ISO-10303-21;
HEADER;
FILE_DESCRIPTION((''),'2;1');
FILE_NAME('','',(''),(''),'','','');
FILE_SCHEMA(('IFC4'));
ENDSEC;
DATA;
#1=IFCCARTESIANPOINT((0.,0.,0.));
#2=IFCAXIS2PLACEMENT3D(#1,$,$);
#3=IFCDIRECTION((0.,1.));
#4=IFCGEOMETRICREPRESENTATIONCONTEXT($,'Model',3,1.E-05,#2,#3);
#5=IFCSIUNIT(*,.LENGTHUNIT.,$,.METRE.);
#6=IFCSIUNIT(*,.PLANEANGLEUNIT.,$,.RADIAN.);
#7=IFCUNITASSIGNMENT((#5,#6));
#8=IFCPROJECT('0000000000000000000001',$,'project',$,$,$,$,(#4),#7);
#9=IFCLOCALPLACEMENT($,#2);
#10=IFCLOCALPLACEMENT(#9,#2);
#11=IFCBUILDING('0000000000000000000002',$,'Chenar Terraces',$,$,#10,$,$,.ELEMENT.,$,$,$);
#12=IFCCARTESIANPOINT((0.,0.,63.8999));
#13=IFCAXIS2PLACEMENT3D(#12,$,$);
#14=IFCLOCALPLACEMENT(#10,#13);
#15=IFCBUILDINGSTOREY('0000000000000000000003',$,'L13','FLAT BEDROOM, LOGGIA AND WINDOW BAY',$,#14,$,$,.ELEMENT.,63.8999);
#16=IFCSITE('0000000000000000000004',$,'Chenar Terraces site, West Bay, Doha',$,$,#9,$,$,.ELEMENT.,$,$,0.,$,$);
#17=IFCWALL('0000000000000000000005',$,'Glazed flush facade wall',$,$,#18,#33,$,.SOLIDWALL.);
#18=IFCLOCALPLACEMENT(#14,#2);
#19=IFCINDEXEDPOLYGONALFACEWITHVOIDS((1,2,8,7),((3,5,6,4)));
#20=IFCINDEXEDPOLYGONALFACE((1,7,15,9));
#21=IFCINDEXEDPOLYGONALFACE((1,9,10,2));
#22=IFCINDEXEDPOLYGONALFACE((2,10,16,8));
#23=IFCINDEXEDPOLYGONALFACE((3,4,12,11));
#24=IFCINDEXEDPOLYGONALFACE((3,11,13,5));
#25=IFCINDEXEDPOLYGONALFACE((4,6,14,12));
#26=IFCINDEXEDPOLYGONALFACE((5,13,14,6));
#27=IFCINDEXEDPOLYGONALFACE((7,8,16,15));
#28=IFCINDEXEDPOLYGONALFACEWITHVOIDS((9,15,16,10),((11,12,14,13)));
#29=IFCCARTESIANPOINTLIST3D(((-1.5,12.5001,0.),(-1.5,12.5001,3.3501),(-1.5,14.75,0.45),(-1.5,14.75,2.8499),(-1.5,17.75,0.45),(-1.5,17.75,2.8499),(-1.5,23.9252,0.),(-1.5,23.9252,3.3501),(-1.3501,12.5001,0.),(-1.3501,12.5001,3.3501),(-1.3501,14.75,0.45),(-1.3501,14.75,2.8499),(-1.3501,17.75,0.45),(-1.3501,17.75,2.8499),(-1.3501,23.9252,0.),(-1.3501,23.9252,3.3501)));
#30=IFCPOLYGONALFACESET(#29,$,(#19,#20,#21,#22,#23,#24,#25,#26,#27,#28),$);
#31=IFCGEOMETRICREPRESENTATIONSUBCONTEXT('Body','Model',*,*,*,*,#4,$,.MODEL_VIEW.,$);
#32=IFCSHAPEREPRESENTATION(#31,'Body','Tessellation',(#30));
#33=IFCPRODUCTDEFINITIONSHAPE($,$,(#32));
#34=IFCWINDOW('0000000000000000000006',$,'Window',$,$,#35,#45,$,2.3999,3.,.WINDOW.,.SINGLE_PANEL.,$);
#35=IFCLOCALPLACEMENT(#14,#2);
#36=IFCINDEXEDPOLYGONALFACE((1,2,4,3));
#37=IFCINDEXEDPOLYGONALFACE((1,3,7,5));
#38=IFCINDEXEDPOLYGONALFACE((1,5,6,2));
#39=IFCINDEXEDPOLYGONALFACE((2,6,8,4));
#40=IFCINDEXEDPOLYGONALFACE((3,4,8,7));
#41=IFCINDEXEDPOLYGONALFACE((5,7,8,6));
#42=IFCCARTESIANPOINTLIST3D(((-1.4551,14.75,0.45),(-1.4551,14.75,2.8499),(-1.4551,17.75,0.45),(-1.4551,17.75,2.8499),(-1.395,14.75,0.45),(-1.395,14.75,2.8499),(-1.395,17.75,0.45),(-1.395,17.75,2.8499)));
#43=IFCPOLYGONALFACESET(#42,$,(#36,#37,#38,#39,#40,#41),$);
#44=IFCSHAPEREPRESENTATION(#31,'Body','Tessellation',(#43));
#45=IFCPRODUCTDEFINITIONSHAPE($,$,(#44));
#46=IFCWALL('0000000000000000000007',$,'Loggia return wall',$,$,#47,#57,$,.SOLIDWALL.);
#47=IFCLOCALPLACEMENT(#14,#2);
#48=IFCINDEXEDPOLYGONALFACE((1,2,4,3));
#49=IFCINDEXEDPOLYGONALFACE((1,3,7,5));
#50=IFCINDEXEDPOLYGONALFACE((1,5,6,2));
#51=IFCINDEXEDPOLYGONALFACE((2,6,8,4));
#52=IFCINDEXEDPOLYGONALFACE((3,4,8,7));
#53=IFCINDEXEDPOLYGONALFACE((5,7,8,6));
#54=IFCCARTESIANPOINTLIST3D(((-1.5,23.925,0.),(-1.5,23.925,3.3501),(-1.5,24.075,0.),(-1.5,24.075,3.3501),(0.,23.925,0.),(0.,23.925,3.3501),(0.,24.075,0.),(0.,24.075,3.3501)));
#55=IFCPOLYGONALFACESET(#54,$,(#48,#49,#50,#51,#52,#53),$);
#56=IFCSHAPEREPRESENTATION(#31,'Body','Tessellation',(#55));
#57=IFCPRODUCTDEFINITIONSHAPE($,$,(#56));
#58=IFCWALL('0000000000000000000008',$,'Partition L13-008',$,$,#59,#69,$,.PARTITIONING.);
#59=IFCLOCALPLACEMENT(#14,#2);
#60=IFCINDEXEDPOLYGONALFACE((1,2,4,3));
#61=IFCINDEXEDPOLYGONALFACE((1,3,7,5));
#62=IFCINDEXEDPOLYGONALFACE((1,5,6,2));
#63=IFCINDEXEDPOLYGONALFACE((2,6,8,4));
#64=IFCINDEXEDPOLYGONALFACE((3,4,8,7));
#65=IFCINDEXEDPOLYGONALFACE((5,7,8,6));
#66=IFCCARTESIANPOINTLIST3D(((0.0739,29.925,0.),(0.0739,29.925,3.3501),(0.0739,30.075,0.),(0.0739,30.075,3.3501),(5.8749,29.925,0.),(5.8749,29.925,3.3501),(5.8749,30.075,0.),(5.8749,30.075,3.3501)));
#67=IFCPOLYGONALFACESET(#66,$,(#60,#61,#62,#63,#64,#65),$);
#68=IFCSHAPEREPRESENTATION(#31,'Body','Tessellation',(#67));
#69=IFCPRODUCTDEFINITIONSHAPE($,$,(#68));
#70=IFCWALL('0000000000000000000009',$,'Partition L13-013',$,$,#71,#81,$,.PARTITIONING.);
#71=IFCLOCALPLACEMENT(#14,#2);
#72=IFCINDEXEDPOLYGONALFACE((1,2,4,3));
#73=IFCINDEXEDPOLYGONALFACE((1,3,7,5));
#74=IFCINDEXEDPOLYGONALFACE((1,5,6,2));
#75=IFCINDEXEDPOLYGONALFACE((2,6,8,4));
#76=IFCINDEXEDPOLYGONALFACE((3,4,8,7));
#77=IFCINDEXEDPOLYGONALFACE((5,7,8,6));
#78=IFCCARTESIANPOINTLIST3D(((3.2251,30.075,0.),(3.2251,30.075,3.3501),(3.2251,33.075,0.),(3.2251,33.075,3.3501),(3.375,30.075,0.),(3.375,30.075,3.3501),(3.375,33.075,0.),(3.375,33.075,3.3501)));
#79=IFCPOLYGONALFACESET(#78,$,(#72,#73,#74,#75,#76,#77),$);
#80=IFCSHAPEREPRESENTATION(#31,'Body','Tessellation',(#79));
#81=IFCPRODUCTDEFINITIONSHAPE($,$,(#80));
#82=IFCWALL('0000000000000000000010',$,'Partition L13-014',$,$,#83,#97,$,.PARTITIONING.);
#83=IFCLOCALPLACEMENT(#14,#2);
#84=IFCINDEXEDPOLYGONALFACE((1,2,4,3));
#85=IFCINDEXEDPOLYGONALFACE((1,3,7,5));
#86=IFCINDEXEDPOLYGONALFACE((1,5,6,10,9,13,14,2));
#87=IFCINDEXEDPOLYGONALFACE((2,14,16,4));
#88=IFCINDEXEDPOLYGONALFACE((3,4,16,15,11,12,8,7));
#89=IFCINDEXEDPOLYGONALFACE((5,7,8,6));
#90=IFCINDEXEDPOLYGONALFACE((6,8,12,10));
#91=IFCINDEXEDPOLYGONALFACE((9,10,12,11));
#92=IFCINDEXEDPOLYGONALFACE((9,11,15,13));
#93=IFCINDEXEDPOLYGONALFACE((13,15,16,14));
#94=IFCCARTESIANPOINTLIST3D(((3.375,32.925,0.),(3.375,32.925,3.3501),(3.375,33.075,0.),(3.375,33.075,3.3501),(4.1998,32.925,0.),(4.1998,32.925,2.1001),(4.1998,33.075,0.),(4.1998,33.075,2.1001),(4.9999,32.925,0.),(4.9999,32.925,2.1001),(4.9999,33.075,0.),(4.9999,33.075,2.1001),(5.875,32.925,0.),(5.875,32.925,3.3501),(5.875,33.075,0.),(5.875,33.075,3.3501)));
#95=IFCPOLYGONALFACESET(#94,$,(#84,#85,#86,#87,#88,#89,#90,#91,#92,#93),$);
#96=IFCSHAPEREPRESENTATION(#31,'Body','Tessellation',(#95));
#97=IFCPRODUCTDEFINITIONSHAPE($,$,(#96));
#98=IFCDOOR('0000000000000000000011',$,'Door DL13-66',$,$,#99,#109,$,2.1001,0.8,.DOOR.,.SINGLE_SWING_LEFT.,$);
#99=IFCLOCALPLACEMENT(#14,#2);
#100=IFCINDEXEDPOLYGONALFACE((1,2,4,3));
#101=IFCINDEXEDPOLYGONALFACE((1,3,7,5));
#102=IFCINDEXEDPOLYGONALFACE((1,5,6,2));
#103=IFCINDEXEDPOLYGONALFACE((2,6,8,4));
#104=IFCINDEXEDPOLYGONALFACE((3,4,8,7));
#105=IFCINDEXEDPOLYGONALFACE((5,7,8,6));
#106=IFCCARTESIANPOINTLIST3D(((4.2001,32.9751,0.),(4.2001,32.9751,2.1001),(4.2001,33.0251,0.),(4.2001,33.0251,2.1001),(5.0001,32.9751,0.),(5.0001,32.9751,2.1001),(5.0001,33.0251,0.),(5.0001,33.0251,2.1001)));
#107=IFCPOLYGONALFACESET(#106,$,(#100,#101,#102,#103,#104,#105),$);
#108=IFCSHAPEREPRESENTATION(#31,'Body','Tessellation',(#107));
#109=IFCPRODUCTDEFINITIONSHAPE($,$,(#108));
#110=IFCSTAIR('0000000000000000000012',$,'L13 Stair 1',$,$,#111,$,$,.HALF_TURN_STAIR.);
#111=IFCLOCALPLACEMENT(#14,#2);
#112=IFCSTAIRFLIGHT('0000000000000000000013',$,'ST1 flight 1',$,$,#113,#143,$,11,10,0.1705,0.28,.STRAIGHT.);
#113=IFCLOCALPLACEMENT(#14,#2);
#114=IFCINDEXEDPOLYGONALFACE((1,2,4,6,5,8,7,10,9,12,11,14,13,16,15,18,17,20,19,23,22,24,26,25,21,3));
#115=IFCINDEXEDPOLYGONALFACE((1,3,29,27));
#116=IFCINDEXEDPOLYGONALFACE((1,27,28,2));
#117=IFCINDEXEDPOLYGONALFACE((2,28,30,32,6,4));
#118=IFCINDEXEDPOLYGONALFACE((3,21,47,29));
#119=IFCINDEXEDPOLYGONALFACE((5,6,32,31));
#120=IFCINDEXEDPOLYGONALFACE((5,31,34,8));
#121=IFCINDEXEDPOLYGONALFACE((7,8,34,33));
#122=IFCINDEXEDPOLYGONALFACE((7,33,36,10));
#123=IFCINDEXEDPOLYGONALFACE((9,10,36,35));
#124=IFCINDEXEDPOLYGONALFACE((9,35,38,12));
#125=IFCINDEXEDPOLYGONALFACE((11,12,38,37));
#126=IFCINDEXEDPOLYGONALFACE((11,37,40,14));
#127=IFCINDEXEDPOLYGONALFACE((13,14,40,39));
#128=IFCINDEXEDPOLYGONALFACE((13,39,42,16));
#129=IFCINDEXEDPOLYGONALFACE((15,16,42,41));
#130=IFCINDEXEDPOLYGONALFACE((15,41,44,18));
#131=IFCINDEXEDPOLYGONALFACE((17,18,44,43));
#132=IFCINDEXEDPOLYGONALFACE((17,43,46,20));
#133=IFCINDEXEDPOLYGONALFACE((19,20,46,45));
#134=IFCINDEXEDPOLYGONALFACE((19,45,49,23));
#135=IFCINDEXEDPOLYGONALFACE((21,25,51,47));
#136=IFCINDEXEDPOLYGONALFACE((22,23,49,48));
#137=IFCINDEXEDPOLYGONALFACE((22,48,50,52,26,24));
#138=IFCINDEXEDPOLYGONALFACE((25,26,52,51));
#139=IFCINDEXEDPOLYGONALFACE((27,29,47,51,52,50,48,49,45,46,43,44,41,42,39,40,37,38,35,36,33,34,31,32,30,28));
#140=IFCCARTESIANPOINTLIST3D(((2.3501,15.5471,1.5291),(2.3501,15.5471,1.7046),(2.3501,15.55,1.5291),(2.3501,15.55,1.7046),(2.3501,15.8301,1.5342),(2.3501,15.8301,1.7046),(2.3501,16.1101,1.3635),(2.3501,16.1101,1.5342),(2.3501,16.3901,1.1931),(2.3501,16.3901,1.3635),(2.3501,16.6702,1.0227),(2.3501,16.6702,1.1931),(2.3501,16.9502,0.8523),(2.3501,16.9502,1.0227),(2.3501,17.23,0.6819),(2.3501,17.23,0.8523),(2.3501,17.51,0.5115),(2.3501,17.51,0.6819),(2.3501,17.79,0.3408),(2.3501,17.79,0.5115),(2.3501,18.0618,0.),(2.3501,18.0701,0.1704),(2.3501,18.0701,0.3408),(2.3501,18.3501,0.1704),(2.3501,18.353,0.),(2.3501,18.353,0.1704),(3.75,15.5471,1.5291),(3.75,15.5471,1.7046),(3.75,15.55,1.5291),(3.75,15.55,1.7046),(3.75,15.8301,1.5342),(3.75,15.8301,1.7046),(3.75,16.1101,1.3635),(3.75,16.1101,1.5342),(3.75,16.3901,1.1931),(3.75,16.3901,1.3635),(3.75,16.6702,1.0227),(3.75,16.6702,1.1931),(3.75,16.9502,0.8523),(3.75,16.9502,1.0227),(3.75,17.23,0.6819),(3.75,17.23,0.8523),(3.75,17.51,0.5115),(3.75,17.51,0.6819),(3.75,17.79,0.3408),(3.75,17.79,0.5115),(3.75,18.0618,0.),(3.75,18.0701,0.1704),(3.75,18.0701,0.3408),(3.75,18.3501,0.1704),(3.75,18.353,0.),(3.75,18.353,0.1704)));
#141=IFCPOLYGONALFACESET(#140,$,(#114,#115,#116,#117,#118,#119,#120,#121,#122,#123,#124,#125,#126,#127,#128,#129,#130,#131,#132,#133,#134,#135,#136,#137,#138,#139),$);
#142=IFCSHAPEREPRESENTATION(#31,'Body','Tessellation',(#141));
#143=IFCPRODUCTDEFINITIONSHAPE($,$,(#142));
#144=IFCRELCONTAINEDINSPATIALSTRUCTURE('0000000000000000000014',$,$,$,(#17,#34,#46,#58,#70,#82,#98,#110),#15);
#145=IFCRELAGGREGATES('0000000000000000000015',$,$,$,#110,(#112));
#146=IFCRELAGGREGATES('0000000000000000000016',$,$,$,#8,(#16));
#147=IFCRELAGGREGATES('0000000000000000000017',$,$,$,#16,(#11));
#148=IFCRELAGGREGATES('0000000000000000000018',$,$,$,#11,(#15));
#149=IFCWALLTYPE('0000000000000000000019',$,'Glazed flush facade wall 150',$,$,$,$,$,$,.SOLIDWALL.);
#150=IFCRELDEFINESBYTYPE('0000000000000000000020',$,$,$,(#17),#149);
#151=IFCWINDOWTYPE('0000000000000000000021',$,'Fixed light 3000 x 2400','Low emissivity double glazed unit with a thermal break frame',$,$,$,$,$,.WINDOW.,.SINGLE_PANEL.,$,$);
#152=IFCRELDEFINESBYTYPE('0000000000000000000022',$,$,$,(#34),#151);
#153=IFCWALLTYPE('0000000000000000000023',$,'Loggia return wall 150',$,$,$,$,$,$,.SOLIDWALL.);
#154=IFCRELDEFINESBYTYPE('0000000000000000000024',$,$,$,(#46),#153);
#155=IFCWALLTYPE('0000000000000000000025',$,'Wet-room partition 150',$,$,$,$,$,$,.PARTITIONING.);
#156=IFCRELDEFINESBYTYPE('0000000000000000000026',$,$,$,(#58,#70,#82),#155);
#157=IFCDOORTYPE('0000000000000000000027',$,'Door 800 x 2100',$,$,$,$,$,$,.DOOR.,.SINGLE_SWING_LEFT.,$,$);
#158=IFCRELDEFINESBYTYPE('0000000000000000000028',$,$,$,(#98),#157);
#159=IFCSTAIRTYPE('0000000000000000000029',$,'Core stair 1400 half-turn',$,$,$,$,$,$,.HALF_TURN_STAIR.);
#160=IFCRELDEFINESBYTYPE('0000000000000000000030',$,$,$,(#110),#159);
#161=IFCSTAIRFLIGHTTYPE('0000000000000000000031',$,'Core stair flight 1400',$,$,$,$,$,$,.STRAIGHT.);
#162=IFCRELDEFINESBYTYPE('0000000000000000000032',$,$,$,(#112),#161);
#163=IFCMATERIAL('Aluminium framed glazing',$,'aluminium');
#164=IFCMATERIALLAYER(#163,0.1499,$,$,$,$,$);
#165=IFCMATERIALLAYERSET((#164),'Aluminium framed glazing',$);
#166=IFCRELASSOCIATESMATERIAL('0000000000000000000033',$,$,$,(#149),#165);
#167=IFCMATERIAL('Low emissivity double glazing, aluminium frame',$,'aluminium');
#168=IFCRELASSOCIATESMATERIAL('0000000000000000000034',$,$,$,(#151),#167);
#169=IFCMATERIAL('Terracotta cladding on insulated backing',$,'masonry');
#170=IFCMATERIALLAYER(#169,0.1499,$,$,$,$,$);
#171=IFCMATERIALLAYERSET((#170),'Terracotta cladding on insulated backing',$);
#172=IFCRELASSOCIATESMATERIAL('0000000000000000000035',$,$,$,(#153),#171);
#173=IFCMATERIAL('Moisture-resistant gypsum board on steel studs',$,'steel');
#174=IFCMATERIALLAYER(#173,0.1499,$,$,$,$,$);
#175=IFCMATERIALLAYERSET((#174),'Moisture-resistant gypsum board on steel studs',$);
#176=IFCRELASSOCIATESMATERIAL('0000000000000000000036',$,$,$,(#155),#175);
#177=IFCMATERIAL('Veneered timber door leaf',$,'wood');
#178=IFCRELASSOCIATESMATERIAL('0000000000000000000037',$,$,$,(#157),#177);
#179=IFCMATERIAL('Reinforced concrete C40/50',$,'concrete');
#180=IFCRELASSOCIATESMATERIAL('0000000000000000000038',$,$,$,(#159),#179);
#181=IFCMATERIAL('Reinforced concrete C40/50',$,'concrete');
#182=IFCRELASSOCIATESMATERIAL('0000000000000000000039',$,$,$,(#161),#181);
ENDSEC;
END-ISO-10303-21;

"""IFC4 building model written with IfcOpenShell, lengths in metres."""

from ifc_helpers import new_model, si_unit, direction, frame, frame_2d, origin, place, context, subcontext, project, spatial, polyline, rectangle, outline, extrude, material, layer, layer_set, type_object, element, fill, aggregate, save


model = new_model("IFC4")

# Units and contexts
model_context = context("Model", 3, precision=1e-05, world=origin(), true_north=direction((0.0, 1.0)))
body_context = subcontext(model_context, "Body", "Model", "MODEL_VIEW")
ifc_project = project(units=[si_unit("LENGTHUNIT", "METRE"), si_unit("PLANEANGLEUNIT", "RADIAN")], contexts=[model_context])

# Site, building, storey
site_placement = place(None, origin())
site = spatial("IfcSite", under=ifc_project, at=site_placement, Name="Chenar Terraces site, West Bay, Doha", CompositionType="ELEMENT", RefElevation=0.0)
building_placement = place(site_placement, origin())
building = spatial("IfcBuilding", under=site, at=building_placement, Name="Chenar Terraces", CompositionType="ELEMENT")
storey_placement = place(building_placement, frame((0.0, 0.0, 63.8999)))
storey = spatial("IfcBuildingStorey", under=building, at=storey_placement, Name="L13", Description="FLAT BEDROOM, LOGGIA AND WINDOW BAY", CompositionType="ELEMENT", Elevation=63.8999)

# Wall, opening, window
ifc_material_1 = material(Name="Aluminium framed glazing", Category="aluminium")
ifc_layer_1 = layer(ifc_material_1, 0.1499)
ifc_layer_set_1 = layer_set([ifc_layer_1], Name="Aluminium framed glazing")
wall_type_1 = type_object("IfcWallType", Name="Glazed flush facade wall 150", PredefinedType="SOLIDWALL", material=ifc_layer_set_1)
wall_1_placement = place(storey_placement, frame((-1.425, 23.925, 0.0), z_axis=(0.0, 0.0, 1.0), x_axis=(0.0, -1.0, 0.0)))
wall_1 = element("IfcWall", 1, at=wall_1_placement, inside=storey, type_object=wall_type_1, Name="Glazed flush facade wall", PredefinedType="SOLIDWALL", context=body_context, shape_type="SweptSolid", body=[
    extrude(rectangle(XDim=11.425, YDim=0.1499, at=frame_2d((5.7124, 0.0))), origin(), (0.0, 0.0, 1.0), 3.3501),
])
opening_1_placement = place(wall_1_placement, frame((6.175, 0.0, 0.45)))
opening_1 = element("IfcOpeningElement", 2, at=opening_1_placement, cuts=wall_1, PredefinedType="OPENING", context=body_context, shape_type="SweptSolid", body=[
    extrude(rectangle(XDim=3.0, YDim=2.3999, at=frame_2d((1.5, 1.2))), frame((0.0, 0.085, 0.0), z_axis=(0.0, -1.0, 0.0), x_axis=(1.0, 0.0, 0.0)), (0.0, 0.0, 1.0), 0.1699),
])
ifc_material_2 = material(Name="Low emissivity double glazing, aluminium frame", Category="aluminium")
window_type = type_object("IfcWindowType", Name="Fixed light 3000 x 2400", Description="Low emissivity double glazed unit with a thermal break frame", PartitioningType="SINGLE_PANEL", PredefinedType="WINDOW", material=ifc_material_2)
window_placement = place(opening_1_placement, origin())
window = element("IfcWindow", 3, at=window_placement, inside=storey, type_object=window_type, Name="Window", OverallHeight=2.3999, OverallWidth=3.0, PartitioningType="SINGLE_PANEL", PredefinedType="WINDOW", context=body_context, shape_type="SweptSolid", body=[
    extrude(rectangle(XDim=3.0, YDim=2.3999, at=frame_2d((1.5, 1.2))), frame((0.0, 0.03, 0.0), z_axis=(0.0, -1.0, 0.0), x_axis=(1.0, 0.0, 0.0)), (0.0, 0.0, 1.0), 0.0601),
])
fill(opening_1, window)

# Walls
ifc_material_3 = material(Name="Terracotta cladding on insulated backing", Category="masonry")
ifc_layer_2 = layer(ifc_material_3, 0.1499)
ifc_layer_set_2 = layer_set([ifc_layer_2], Name="Terracotta cladding on insulated backing")
wall_type_2 = type_object("IfcWallType", Name="Loggia return wall 150", PredefinedType="SOLIDWALL", material=ifc_layer_set_2)
wall_2_placement = place(storey_placement, frame((-1.5, 24.0, 0.0), z_axis=(0.0, 0.0, 1.0), x_axis=(1.0, 0.0, 0.0)))
element("IfcWall", 4, at=wall_2_placement, inside=storey, type_object=wall_type_2, Name="Loggia return wall", PredefinedType="SOLIDWALL", context=body_context, shape_type="SweptSolid", body=[
    extrude(rectangle(XDim=1.5, YDim=0.1499, at=frame_2d((0.75, 0.0))), origin(), (0.0, 0.0, 1.0), 3.3501),
])
ifc_material_4 = material(Name="Moisture-resistant gypsum board on steel studs", Category="steel")
ifc_layer_3 = layer(ifc_material_4, 0.1499)
ifc_layer_set_3 = layer_set([ifc_layer_3], Name="Moisture-resistant gypsum board on steel studs")
wall_type_3 = type_object("IfcWallType", Name="Wet-room partition 150", PredefinedType="PARTITIONING", material=ifc_layer_set_3)
wall_3_placement = place(storey_placement, frame((0.074, 30.0, 0.0), z_axis=(0.0, 0.0, 1.0), x_axis=(1.0, 0.0, 0.0)))
element("IfcWall", 5, at=wall_3_placement, inside=storey, type_object=wall_type_3, Name="Partition L13-008", PredefinedType="PARTITIONING", context=body_context, shape_type="SweptSolid", body=[
    extrude(rectangle(XDim=5.801, YDim=0.1499, at=frame_2d((2.9004, 0.0))), origin(), (0.0, 0.0, 1.0), 3.3501),
])
wall_4_placement = place(storey_placement, frame((3.3, 30.075, 0.0), z_axis=(0.0, 0.0, 1.0), x_axis=(0.0, 1.0, 0.0)))
element("IfcWall", 6, at=wall_4_placement, inside=storey, type_object=wall_type_3, Name="Partition L13-013", PredefinedType="PARTITIONING", context=body_context, shape_type="SweptSolid", body=[
    extrude(rectangle(XDim=3.0, YDim=0.1499, at=frame_2d((1.5, 0.0))), origin(), (0.0, 0.0, 1.0), 3.3501),
])

# Wall, opening, door
wall_5_placement = place(storey_placement, frame((3.375, 33.0, 0.0), z_axis=(0.0, 0.0, 1.0), x_axis=(1.0, 0.0, 0.0)))
wall_5 = element("IfcWall", 7, at=wall_5_placement, inside=storey, type_object=wall_type_3, Name="Partition L13-014", PredefinedType="PARTITIONING", context=body_context, shape_type="SweptSolid", body=[
    extrude(rectangle(XDim=2.5, YDim=0.1499, at=frame_2d((1.25, 0.0))), origin(), (0.0, 0.0, 1.0), 3.3501),
])
opening_2_placement = place(wall_5_placement, frame((0.825, 0.0, 0.0)))
opening_2 = element("IfcOpeningElement", 8, at=opening_2_placement, cuts=wall_5, PredefinedType="OPENING", context=body_context, shape_type="SweptSolid", body=[
    extrude(rectangle(XDim=0.8, YDim=2.1001, at=frame_2d((0.3999, 1.05))), frame((0.0, 0.085, 0.0), z_axis=(0.0, -1.0, 0.0), x_axis=(1.0, 0.0, 0.0)), (0.0, 0.0, 1.0), 0.1699),
])
ifc_material_5 = material(Name="Veneered timber door leaf", Category="wood")
door_type_1 = type_object("IfcDoorType", Name="Door 800 x 2100", OperationType="SINGLE_SWING_LEFT", PredefinedType="DOOR", material=ifc_material_5)
door_1_placement = place(opening_2_placement, frame((0.8, 0.0, 0.0), z_axis=(0.0, 0.0, 1.0), x_axis=(-1.0, 0.0, 0.0)))
door_1 = element("IfcDoor", 9, at=door_1_placement, inside=storey, type_object=door_type_1, Name="Door DL13-66", OperationType="SINGLE_SWING_LEFT", OverallHeight=2.1001, OverallWidth=0.8, PredefinedType="DOOR", context=body_context, shape_type="SweptSolid", body=[
    extrude(rectangle(XDim=0.8, YDim=2.1001, at=frame_2d((0.3999, 1.05))), frame((0.0, 0.0249, 0.0), z_axis=(0.0, -1.0, 0.0), x_axis=(1.0, 0.0, 0.0)), (0.0, 0.0, 1.0), 0.05),
])
fill(opening_2, door_1)

# Stair, stair flight
ifc_material_6 = material(Name="Reinforced concrete C40/50", Category="concrete")
stair_type = type_object("IfcStairType", Name="Core stair 1400 half-turn", PredefinedType="HALF_TURN_STAIR", material=ifc_material_6)
stair_placement = place(storey_placement, origin())
stair = element("IfcStair", 10, at=stair_placement, inside=storey, type_object=stair_type, Name="L13 Stair 1", PredefinedType="HALF_TURN_STAIR")
ifc_material_7 = material(Name="Reinforced concrete C40/50", Category="concrete")
stair_flight_type = type_object("IfcStairFlightType", Name="Core stair flight 1400", PredefinedType="STRAIGHT", material=ifc_material_7)
stair_flight_1_placement = place(storey_placement, frame((3.05, 18.3501, 0.0), z_axis=(0.0, 0.0, 1.0), x_axis=(0.0, -1.0, 0.0)))
stair_flight_1 = element("IfcStairFlight", 11, at=stair_flight_1_placement, type_object=stair_flight_type, Name="ST1 flight 1", NumberOfRisers=11, NumberOfTreads=10, PredefinedType="STRAIGHT", RiserHeight=0.1705, TreadLength=0.28, context=body_context, shape_type="SweptSolid", body=[
    extrude(outline(polyline([(-0.0029, 0.0), (-0.0029, 0.1704), (0.0, 0.1704), (0.28, 0.1704), (0.28, 0.3408), (0.5601, 0.3408), (0.5601, 0.5115), (0.8401, 0.5115), (0.8401, 0.6819), (1.1201, 0.6819), (1.1201, 0.8523), (1.3999, 0.8523), (1.3999, 1.0227), (1.6799, 1.0227), (1.6799, 1.1931), (1.96, 1.1931), (1.96, 1.3635), (2.24, 1.3635), (2.24, 1.5342), (2.52, 1.5342), (2.52, 1.7046), (2.8, 1.7046), (2.803, 1.7046), (2.803, 1.5291), (2.8, 1.5291), (0.2883, 0.0), (-0.0029, 0.0)])), frame((0.0, 0.7, 0.0), z_axis=(0.0, -1.0, 0.0), x_axis=(1.0, 0.0, 0.0)), (0.0, 0.0, 1.0), 1.3999),
])
aggregate(stair, [stair_flight_1])

save(model, "model.ifc")
